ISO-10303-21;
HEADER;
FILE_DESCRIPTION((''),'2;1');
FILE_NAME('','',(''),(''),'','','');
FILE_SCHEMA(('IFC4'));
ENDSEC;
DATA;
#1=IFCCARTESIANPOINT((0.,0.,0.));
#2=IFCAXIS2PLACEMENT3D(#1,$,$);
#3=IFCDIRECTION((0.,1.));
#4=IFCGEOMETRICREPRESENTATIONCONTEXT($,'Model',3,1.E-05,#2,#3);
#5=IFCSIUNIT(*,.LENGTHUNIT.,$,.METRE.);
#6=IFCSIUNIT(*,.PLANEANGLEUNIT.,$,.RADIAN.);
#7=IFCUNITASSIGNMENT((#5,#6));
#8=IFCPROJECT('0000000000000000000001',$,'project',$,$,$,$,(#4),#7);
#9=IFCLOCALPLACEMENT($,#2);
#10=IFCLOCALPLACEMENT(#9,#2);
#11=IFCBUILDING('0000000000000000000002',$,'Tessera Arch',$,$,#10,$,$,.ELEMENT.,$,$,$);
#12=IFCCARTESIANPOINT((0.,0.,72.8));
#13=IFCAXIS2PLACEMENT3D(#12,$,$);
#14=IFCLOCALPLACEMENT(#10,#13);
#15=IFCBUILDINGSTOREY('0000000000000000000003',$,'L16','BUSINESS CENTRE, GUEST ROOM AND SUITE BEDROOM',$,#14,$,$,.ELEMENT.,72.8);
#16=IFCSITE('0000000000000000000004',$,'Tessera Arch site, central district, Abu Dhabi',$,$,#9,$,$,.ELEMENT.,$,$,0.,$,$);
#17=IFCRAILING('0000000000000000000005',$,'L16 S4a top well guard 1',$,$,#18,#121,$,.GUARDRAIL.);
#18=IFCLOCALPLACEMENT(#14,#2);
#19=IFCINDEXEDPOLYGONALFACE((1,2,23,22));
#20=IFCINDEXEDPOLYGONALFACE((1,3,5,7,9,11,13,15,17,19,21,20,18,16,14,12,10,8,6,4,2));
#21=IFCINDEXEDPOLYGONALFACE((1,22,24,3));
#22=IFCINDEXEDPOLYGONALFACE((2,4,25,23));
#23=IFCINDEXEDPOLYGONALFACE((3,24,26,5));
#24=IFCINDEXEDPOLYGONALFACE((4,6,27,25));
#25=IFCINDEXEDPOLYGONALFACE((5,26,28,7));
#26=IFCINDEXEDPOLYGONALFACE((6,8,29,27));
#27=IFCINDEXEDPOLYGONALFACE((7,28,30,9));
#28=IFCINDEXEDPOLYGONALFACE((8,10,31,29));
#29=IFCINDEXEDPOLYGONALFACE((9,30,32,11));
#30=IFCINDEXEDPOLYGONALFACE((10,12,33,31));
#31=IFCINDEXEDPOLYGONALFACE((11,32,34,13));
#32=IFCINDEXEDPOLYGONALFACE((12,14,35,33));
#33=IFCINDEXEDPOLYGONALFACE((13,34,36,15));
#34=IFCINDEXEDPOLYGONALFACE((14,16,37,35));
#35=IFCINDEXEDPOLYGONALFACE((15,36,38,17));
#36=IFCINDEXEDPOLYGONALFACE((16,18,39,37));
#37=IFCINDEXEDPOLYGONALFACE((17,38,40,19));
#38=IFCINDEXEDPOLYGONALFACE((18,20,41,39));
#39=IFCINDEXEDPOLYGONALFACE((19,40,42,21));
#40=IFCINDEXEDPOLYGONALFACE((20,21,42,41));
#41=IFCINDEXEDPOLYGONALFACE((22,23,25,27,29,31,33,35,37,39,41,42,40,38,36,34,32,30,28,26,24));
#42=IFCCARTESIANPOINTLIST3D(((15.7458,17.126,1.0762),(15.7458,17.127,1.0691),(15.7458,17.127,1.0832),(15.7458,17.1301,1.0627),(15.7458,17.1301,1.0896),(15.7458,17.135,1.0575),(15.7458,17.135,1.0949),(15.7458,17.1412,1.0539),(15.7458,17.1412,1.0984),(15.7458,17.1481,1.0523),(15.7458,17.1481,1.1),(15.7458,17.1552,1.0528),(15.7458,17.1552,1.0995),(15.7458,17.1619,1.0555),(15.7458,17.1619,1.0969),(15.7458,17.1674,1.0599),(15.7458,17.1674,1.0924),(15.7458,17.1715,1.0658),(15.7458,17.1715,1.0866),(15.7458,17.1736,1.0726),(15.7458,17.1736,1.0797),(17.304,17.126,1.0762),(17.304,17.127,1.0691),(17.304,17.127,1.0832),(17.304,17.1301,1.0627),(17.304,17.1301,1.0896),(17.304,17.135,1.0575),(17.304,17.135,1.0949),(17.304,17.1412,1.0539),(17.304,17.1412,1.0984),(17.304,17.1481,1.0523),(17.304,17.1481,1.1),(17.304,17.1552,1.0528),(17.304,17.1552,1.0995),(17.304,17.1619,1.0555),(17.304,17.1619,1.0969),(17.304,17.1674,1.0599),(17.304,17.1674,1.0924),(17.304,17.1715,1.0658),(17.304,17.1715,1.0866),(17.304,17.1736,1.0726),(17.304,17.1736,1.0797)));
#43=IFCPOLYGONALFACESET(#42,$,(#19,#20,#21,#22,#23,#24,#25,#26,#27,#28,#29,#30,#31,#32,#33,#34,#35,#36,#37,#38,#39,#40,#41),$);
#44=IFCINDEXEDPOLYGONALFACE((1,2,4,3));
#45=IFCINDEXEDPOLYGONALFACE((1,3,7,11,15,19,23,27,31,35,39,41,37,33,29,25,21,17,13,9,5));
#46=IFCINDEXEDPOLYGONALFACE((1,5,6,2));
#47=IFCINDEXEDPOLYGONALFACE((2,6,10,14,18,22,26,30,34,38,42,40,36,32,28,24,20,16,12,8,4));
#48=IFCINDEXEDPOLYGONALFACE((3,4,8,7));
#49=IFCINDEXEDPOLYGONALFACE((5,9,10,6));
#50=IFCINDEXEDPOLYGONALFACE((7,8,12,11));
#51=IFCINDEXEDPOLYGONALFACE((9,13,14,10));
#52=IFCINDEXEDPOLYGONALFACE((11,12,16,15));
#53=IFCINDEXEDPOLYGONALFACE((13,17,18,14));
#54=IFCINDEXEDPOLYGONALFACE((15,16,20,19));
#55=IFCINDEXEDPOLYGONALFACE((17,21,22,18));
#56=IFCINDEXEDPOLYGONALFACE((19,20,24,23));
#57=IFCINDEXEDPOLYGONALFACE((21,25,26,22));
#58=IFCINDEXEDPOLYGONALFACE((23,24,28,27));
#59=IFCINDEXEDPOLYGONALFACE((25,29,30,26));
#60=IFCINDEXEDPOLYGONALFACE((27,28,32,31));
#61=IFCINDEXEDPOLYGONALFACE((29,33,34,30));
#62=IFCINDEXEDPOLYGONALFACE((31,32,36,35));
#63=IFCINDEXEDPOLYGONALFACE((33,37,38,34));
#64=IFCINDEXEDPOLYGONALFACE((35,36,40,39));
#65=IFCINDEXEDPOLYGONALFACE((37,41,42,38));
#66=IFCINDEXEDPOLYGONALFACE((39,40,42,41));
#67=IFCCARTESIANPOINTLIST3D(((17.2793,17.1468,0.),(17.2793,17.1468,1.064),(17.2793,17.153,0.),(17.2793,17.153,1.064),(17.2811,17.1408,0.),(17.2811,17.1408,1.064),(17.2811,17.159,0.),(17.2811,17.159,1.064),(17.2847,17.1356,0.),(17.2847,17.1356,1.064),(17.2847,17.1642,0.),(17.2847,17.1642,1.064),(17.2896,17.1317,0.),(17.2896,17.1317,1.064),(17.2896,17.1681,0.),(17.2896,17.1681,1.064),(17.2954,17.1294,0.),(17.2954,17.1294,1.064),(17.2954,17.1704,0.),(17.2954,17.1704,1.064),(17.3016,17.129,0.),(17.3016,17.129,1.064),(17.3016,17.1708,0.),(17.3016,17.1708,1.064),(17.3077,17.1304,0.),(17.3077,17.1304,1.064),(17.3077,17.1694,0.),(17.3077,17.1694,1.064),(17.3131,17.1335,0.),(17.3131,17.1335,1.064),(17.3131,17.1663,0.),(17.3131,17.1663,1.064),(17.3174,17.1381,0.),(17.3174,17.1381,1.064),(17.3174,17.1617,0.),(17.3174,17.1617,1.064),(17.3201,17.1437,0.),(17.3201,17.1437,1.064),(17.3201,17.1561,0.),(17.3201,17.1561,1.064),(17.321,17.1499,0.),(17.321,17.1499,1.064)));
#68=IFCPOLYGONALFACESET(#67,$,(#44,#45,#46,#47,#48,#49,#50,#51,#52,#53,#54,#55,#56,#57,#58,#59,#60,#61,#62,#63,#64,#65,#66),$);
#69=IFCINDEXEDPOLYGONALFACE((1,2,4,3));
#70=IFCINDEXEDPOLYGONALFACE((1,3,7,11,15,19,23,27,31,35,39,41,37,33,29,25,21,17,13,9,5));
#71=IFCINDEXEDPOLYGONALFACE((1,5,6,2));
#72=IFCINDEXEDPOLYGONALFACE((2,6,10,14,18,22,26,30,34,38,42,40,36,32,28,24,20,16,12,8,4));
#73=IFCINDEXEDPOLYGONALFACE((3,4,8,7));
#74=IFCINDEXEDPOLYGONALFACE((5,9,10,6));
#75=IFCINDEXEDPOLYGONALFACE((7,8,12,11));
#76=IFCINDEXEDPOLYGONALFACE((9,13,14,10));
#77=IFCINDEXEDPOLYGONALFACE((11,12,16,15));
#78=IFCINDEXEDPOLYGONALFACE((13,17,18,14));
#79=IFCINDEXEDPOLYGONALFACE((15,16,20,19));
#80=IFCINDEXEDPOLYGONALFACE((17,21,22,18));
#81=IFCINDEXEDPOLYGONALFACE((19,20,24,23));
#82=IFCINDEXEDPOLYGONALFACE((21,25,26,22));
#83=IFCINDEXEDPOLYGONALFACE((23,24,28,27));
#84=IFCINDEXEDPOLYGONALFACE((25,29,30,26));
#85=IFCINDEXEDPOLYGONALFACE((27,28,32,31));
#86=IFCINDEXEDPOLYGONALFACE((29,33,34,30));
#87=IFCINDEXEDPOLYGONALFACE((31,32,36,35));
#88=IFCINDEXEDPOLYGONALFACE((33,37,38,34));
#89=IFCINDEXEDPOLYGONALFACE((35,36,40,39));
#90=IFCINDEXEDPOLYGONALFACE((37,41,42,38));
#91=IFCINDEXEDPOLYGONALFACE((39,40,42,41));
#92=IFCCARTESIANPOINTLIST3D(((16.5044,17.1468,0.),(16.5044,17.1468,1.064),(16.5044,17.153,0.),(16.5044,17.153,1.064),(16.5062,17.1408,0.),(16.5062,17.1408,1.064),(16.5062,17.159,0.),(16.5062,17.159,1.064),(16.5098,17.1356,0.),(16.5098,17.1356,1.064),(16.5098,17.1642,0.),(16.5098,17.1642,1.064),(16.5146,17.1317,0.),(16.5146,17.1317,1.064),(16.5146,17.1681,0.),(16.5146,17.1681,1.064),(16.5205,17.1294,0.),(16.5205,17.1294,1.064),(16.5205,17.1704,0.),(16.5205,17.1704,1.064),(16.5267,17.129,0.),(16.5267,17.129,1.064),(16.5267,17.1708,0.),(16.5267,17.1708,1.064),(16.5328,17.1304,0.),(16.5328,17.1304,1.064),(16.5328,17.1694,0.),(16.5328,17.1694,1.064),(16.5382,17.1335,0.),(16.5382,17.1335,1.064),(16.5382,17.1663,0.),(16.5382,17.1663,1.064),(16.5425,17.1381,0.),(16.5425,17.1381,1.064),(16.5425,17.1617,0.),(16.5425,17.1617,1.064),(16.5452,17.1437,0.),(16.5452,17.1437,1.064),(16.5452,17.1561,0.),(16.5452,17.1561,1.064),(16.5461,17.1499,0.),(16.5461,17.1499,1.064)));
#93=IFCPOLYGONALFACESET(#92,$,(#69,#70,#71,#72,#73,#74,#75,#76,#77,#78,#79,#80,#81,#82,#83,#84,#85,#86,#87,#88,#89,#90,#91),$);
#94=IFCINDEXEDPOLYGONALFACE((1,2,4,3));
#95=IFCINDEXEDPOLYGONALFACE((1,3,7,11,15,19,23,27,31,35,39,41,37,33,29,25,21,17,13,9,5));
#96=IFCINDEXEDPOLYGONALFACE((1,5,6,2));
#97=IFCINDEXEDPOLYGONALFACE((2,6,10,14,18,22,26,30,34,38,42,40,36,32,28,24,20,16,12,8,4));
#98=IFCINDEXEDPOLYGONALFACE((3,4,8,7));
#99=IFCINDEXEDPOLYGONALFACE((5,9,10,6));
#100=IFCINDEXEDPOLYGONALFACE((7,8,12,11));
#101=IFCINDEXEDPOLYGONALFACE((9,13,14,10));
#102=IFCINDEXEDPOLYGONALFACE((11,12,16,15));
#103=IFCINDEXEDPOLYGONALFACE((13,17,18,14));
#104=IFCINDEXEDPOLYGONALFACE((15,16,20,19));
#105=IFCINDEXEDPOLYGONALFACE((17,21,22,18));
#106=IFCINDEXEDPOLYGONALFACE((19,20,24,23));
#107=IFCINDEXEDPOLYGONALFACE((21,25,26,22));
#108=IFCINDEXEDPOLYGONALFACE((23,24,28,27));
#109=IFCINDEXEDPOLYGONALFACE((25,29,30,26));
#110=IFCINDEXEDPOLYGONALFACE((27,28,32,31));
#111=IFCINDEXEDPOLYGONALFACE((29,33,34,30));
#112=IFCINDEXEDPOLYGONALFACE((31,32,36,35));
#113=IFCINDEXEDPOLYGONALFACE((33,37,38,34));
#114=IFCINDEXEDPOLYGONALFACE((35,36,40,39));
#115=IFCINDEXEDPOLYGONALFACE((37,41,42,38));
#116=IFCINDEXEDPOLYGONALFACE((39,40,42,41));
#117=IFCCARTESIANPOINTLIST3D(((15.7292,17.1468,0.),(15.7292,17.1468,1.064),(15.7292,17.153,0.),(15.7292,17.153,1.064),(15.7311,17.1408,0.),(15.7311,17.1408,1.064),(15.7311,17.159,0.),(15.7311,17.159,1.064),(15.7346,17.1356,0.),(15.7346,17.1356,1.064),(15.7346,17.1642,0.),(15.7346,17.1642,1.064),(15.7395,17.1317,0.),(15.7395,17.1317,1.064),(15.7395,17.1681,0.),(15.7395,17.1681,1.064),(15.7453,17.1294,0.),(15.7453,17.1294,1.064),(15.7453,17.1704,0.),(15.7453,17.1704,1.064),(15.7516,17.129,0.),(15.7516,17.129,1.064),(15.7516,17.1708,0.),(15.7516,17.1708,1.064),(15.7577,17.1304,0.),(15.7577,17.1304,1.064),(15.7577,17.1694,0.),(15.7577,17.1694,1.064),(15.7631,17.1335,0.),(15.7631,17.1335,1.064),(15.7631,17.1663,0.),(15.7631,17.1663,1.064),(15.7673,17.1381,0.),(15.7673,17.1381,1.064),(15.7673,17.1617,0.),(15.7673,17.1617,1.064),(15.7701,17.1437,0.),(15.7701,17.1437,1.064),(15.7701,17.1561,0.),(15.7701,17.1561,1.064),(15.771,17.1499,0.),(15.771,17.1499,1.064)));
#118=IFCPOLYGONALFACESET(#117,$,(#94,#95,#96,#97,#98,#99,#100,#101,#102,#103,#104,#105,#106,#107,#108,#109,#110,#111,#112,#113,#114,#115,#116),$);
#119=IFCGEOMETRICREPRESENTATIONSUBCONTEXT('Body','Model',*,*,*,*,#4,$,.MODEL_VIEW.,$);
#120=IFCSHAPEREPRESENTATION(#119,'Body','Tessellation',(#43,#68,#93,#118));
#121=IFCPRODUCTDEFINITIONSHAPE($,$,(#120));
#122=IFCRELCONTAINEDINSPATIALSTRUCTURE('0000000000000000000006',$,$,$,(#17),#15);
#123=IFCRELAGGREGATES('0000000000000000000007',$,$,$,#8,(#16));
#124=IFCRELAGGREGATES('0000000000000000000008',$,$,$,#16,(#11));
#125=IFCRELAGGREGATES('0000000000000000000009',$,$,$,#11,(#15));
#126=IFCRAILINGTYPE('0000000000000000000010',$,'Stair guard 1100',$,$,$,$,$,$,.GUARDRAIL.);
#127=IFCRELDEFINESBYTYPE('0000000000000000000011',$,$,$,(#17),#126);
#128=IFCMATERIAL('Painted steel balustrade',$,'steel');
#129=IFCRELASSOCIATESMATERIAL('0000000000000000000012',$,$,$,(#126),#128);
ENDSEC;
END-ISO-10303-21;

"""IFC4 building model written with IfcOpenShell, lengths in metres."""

from ifc_helpers import new_model, si_unit, direction, frame, origin, origin_2d, place, context, subcontext, project, spatial, circle, extrude, material, type_object, element, save


model = new_model("IFC4")

# Units and contexts
model_context = context("Model", 3, precision=1e-05, world=origin(), true_north=direction((0.0, 1.0)))
body_context = subcontext(model_context, "Body", "Model", "MODEL_VIEW")
ifc_project = project(units=[si_unit("LENGTHUNIT", "METRE"), si_unit("PLANEANGLEUNIT", "RADIAN")], contexts=[model_context])

# Site, building, storey
site_placement = place(None, origin())
site = spatial("IfcSite", under=ifc_project, at=site_placement, Name="Tessera Arch site, central district, Abu Dhabi", CompositionType="ELEMENT", RefElevation=0.0)
building_placement = place(site_placement, origin())
building = spatial("IfcBuilding", under=site, at=building_placement, Name="Tessera Arch", CompositionType="ELEMENT")
storey_placement = place(building_placement, frame((0.0, 0.0, 72.8)))
storey = spatial("IfcBuildingStorey", under=building, at=storey_placement, Name="L16", Description="BUSINESS CENTRE, GUEST ROOM AND SUITE BEDROOM", CompositionType="ELEMENT", Elevation=72.8)

# Railing
ifc_material_1 = material(Name="Painted steel balustrade", Category="steel")
railing_type = type_object("IfcRailingType", Name="Stair guard 1100", PredefinedType="GUARDRAIL", material=ifc_material_1)
railing_1_placement = place(storey_placement, frame((17.3, 17.1499, 0.0)))
element("IfcRailing", 1, at=railing_1_placement, inside=storey, type_object=railing_type, Name="L16 S4a top well guard 1", PredefinedType="GUARDRAIL", context=body_context, shape_type="SweptSolid", body=[
    extrude(circle(Radius=0.0239, at=origin_2d()), frame((0.0039, 0.0, 1.0762), z_axis=(-1.0, 0.0, 0.0), x_axis=(0.0, -1.0, 0.0)), (0.0, 0.0, 1.0), 1.5581),
    extrude(circle(Radius=0.021, at=origin_2d()), origin(), (0.0, 0.0, 1.0), 1.064),
    extrude(circle(Radius=0.021, at=origin_2d()), frame((-0.7749, 0.0, 0.0)), (0.0, 0.0, 1.0), 1.064),
    extrude(circle(Radius=0.021, at=origin_2d()), frame((-1.55, 0.0, 0.0)), (0.0, 0.0, 1.0), 1.064),
])

save(model, "model.ifc")
